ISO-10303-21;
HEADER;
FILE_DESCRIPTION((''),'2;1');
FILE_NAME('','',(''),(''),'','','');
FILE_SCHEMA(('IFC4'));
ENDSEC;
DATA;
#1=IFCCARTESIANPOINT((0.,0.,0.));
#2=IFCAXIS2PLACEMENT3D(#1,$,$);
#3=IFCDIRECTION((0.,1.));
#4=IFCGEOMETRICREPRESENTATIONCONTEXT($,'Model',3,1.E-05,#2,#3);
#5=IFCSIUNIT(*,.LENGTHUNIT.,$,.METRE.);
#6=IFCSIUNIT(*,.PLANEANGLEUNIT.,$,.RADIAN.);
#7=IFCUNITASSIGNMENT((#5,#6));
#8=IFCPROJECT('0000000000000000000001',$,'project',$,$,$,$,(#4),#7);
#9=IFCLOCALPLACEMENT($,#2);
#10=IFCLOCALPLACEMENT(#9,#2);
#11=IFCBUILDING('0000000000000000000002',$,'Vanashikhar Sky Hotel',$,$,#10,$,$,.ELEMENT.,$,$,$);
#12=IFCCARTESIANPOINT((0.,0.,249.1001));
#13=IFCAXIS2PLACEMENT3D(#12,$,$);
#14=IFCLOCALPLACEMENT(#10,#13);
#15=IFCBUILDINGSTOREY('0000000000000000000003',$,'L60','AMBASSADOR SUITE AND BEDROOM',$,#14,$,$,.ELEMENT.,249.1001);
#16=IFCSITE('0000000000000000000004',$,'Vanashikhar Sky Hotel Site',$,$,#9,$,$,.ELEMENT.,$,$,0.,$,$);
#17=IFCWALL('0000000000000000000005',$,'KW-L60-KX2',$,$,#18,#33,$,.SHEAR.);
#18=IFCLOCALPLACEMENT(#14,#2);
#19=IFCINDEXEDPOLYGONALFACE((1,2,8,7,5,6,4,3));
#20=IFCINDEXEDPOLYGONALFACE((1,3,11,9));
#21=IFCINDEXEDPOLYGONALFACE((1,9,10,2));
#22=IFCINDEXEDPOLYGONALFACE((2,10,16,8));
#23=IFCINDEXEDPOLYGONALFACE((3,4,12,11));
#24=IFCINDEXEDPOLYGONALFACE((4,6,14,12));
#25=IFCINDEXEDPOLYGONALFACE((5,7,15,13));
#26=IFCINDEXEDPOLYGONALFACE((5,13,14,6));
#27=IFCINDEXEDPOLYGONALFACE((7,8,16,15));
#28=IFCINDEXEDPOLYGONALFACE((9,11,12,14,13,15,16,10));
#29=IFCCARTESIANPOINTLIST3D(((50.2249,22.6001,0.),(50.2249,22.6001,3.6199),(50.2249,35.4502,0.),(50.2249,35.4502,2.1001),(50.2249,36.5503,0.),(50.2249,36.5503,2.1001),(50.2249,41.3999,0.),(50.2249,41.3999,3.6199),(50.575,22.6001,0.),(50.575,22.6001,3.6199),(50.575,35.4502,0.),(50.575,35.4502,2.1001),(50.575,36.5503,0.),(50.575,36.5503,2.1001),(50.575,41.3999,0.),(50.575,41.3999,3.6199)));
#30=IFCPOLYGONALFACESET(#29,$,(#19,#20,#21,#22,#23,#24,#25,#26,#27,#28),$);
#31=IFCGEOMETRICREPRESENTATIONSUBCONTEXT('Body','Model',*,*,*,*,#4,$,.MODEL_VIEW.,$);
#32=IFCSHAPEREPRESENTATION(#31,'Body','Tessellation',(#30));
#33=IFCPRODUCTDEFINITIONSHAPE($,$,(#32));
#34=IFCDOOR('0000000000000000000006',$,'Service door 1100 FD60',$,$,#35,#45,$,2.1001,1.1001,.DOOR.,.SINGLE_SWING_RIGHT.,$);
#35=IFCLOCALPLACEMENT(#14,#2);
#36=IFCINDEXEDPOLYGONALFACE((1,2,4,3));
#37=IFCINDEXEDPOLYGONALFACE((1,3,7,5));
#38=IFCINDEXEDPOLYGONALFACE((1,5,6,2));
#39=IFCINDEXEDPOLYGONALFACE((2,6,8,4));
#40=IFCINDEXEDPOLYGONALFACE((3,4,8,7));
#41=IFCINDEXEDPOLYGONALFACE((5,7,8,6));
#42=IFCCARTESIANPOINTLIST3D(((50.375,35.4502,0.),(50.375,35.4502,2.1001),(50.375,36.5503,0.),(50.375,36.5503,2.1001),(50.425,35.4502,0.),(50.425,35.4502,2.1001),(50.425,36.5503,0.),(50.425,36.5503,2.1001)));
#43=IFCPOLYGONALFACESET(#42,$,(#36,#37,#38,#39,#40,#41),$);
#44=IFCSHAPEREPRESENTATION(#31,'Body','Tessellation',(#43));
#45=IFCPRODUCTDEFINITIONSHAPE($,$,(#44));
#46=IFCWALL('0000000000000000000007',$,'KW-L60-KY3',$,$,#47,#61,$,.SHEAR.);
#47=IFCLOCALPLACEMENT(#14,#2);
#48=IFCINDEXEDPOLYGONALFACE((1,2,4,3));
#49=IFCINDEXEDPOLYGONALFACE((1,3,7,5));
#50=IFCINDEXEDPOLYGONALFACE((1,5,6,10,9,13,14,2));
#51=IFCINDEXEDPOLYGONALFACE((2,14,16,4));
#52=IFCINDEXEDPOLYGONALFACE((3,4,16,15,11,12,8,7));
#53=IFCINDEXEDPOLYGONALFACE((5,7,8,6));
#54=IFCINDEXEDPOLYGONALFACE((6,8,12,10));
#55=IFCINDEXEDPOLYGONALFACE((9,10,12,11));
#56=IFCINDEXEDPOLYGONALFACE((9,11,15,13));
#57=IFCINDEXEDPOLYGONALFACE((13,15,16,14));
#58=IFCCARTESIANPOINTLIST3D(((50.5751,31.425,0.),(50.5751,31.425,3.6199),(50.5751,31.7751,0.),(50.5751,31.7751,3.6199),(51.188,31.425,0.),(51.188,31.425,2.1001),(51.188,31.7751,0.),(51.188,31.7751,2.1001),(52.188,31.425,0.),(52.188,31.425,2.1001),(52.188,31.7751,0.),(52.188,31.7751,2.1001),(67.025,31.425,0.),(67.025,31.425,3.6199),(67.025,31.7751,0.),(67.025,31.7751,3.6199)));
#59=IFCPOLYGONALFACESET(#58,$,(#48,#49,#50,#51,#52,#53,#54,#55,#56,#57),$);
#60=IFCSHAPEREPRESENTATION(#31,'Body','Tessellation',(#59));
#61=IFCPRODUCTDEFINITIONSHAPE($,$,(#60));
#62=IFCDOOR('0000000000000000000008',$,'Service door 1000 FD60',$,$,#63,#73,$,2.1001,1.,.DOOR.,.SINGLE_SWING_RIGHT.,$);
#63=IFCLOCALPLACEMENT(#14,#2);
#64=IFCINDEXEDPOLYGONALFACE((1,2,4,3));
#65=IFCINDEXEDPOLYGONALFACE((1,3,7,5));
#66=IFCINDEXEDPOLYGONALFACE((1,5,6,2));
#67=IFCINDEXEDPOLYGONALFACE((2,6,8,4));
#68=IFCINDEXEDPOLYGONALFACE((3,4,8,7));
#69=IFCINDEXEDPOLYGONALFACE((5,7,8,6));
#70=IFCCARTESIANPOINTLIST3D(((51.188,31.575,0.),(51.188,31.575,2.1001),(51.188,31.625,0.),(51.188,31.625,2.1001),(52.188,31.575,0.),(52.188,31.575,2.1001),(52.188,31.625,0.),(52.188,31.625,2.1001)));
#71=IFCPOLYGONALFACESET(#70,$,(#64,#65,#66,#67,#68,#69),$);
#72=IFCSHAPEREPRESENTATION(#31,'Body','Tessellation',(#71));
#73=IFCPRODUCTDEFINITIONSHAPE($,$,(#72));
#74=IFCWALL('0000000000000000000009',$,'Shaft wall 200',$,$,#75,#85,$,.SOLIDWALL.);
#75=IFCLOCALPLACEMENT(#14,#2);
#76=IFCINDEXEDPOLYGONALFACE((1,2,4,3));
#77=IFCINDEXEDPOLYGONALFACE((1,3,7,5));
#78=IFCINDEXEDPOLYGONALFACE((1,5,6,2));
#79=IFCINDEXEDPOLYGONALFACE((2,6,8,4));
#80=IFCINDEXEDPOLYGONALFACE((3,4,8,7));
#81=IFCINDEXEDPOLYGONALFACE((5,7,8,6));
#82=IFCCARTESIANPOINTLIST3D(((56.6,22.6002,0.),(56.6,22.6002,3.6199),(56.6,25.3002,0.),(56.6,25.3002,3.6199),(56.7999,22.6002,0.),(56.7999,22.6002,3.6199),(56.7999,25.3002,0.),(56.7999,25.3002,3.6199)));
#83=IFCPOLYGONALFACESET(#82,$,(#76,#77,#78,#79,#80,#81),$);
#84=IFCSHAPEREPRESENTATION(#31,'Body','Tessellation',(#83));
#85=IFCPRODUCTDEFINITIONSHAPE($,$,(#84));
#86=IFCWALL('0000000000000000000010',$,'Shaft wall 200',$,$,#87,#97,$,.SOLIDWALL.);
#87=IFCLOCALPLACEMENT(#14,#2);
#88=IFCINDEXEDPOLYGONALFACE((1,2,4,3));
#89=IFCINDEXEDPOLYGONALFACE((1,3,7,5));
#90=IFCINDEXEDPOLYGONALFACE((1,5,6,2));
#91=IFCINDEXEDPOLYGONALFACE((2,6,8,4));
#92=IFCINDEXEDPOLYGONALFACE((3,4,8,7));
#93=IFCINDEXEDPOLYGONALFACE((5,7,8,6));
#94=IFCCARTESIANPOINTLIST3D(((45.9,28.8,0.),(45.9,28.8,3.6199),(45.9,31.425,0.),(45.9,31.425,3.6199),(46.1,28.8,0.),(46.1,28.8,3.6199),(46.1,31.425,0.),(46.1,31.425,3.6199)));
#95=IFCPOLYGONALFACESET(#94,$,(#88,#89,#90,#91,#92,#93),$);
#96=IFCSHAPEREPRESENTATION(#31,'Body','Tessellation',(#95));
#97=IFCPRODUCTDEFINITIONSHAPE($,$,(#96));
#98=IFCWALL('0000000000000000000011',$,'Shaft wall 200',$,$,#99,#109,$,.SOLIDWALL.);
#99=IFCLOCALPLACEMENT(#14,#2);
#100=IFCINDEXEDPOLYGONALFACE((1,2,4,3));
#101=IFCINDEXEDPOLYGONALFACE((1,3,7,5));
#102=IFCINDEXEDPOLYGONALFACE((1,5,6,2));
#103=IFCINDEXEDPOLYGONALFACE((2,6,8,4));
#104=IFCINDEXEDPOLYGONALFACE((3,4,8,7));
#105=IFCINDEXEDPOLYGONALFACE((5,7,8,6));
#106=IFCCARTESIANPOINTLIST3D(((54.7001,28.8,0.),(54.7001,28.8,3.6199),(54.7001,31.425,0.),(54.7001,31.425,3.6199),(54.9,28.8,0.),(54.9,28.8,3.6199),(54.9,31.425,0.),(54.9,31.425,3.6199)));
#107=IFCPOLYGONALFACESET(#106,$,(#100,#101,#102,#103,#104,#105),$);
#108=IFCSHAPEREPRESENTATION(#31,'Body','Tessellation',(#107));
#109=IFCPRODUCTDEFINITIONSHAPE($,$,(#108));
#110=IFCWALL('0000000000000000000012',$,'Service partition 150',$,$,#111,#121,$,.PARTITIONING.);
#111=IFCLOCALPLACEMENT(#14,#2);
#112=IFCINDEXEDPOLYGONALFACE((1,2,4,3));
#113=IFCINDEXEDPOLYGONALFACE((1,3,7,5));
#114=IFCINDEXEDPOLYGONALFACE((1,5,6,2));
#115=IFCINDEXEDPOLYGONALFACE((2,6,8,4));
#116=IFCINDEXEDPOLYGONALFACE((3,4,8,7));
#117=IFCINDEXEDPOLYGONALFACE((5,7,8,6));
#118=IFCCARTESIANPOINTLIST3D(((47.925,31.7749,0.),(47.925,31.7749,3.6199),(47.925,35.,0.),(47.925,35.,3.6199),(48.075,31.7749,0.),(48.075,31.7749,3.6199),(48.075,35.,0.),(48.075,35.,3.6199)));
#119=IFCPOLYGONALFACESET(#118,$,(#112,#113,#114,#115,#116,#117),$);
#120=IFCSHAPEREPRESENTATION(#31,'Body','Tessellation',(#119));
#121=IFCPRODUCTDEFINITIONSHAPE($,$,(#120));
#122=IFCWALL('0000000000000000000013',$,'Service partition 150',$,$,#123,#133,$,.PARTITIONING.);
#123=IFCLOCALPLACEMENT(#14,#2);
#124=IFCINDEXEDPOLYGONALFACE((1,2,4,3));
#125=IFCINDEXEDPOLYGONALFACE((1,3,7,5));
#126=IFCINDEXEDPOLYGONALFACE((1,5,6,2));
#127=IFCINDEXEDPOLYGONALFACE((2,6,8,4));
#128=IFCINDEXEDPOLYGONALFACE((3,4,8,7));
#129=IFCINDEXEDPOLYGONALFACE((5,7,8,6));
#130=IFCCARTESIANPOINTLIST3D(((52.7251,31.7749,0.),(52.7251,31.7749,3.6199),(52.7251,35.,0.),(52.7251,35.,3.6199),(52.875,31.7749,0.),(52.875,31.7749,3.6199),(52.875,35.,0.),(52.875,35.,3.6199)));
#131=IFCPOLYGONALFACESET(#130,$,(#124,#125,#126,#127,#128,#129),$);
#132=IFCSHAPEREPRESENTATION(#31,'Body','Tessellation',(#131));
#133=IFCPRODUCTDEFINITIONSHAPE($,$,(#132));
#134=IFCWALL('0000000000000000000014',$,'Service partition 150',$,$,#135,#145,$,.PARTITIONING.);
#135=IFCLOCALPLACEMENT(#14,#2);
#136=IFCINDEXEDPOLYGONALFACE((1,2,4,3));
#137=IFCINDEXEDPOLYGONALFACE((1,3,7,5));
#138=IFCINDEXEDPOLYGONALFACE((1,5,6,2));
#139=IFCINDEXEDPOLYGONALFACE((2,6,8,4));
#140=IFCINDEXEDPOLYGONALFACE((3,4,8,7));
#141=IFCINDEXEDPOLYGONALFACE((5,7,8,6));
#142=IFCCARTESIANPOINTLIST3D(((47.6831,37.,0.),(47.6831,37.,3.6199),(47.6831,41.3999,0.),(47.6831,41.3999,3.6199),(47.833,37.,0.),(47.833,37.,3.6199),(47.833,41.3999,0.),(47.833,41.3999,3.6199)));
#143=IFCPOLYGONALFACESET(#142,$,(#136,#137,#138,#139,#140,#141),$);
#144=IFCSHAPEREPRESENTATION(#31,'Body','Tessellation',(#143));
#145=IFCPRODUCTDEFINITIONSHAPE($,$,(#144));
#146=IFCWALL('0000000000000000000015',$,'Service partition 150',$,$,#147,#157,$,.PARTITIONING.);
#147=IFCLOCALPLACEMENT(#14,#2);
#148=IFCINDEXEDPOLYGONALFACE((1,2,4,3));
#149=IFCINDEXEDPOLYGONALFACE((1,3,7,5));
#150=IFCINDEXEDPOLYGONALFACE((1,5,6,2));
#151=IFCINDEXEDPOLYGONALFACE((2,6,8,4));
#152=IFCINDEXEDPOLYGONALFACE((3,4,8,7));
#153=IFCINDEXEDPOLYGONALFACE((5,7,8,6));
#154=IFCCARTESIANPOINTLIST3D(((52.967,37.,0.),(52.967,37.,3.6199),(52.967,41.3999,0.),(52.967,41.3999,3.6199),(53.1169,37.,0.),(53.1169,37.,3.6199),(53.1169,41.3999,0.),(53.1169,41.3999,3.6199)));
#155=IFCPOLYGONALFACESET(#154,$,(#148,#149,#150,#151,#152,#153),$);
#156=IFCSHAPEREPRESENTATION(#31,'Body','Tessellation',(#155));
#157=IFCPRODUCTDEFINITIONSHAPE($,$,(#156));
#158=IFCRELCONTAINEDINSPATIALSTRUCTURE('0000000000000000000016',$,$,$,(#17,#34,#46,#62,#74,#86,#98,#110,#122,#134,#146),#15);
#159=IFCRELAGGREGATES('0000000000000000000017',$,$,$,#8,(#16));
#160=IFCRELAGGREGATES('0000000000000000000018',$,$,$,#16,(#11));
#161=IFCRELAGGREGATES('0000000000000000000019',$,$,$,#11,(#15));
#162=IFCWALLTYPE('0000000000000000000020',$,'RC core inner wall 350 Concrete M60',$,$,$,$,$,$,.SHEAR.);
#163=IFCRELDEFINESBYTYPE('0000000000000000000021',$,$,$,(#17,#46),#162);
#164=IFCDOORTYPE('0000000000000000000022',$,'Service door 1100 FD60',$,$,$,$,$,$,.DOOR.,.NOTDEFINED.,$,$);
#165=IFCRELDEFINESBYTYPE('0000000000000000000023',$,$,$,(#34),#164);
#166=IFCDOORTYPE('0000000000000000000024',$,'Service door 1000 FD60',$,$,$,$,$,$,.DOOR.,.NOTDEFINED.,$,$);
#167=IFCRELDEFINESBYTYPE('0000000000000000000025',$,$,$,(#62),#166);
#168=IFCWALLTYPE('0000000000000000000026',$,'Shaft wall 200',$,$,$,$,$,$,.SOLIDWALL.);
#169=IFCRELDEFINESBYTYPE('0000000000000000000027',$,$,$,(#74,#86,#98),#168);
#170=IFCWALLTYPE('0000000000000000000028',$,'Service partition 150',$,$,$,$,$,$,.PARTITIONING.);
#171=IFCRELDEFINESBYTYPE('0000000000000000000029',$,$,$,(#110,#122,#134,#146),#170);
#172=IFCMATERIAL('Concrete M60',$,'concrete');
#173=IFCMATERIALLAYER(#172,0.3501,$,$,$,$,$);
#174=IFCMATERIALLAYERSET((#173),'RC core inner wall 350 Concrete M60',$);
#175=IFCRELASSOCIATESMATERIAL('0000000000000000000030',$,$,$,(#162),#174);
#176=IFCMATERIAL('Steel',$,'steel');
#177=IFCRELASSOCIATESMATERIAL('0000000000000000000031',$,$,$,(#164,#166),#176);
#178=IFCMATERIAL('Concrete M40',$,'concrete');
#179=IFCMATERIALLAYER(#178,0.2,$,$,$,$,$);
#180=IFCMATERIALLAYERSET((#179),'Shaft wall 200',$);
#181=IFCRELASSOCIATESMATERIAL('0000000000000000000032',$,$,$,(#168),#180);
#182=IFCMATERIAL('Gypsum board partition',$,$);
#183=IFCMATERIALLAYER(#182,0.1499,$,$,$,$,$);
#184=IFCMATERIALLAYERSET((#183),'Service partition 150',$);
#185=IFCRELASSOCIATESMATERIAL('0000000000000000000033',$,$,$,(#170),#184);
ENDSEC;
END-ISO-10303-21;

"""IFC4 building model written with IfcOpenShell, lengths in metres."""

from ifc_helpers import new_model, si_unit, direction, frame, frame_2d, origin, place, context, subcontext, project, spatial, rectangle, extrude, source, transform, mapped, material, layer, layer_set, type_object, element, fill, save


model = new_model("IFC4")

# Units and contexts
model_context = context("Model", 3, precision=1e-05, world=origin(), true_north=direction((0.0, 1.0)))
body_context = subcontext(model_context, "Body", "Model", "MODEL_VIEW")
ifc_project = project(units=[si_unit("LENGTHUNIT", "METRE"), si_unit("PLANEANGLEUNIT", "RADIAN")], contexts=[model_context])

# Site, building, storey
site_placement = place(None, origin())
site = spatial("IfcSite", under=ifc_project, at=site_placement, Name="Vanashikhar Sky Hotel Site", CompositionType="ELEMENT", RefElevation=0.0)
building_placement = place(site_placement, origin())
building = spatial("IfcBuilding", under=site, at=building_placement, Name="Vanashikhar Sky Hotel", CompositionType="ELEMENT")
storey_placement = place(building_placement, frame((0.0, 0.0, 249.1001)))
storey = spatial("IfcBuildingStorey", under=building, at=storey_placement, Name="L60", Description="AMBASSADOR SUITE AND BEDROOM", CompositionType="ELEMENT", Elevation=249.1001)

# Walls, openings, doors
ifc_material_1 = material(Name="Concrete M60", Category="concrete")
ifc_layer_1 = layer(ifc_material_1, 0.3501)
ifc_layer_set_1 = layer_set([ifc_layer_1], Name="RC core inner wall 350 Concrete M60")
wall_type_1 = type_object("IfcWallType", Name="RC core inner wall 350 Concrete M60", PredefinedType="SHEAR", material=ifc_layer_set_1)
shared_shape_1 = source(origin(), body_context, "Body", "SweptSolid", [
    extrude(rectangle(XDim=18.7998, YDim=0.3501, at=frame_2d((9.3999, 0.0))), origin(), (0.0, 0.0, 1.0), 3.6199),
])
wall_1_placement = place(storey_placement, frame((50.3999, 22.6001, 0.0), z_axis=(0.0, 0.0, 1.0), x_axis=(0.0, 1.0, 0.0)))
wall_1 = element("IfcWall", 1, at=wall_1_placement, inside=storey, type_object=wall_type_1, Name="KW-L60-KX2", PredefinedType="SHEAR", context=body_context, shape_type="MappedRepresentation", body=[
    mapped(shared_shape_1, transform((0.0, 0.0, 0.0), scale=1.0)),
])
shared_shape_2 = source(origin(), body_context, "Body", "SweptSolid", [
    extrude(rectangle(XDim=1.1001, YDim=2.1001, at=frame_2d((0.55, 1.05))), frame((0.0, 0.1851, 0.0), z_axis=(0.0, -1.0, 0.0), x_axis=(1.0, 0.0, 0.0)), (0.0, 0.0, 1.0), 0.3701),
])
opening_1_placement = place(wall_1_placement, frame((12.8501, 0.0, 0.0)))
opening_1 = element("IfcOpeningElement", 2, at=opening_1_placement, cuts=wall_1, PredefinedType="OPENING", context=body_context, shape_type="MappedRepresentation", body=[
    mapped(shared_shape_2, transform((0.0, 0.0, 0.0), scale=1.0)),
])
ifc_material_2 = material(Name="Steel", Category="steel")
door_type_1 = type_object("IfcDoorType", Name="Service door 1100 FD60", OperationType="NOTDEFINED", PredefinedType="DOOR", material=ifc_material_2)
shared_shape_3 = source(origin(), body_context, "Body", "SweptSolid", [
    extrude(rectangle(XDim=1.1001, YDim=2.1001, at=frame_2d((0.55, 1.05))), frame((0.0, 0.0249, 0.0), z_axis=(0.0, -1.0, 0.0), x_axis=(1.0, 0.0, 0.0)), (0.0, 0.0, 1.0), 0.05),
])
door_1_placement = place(opening_1_placement, origin())
door_1 = element("IfcDoor", 3, at=door_1_placement, inside=storey, type_object=door_type_1, Name="Service door 1100 FD60", OperationType="SINGLE_SWING_RIGHT", OverallHeight=2.1001, OverallWidth=1.1001, PredefinedType="DOOR", context=body_context, shape_type="MappedRepresentation", body=[
    mapped(shared_shape_3, transform((0.0, 0.0, 0.0), scale=1.0)),
])
fill(opening_1, door_1)
shared_shape_4 = source(origin(), body_context, "Body", "SweptSolid", [
    extrude(rectangle(XDim=16.45, YDim=0.3501, at=frame_2d((8.2251, 0.0))), origin(), (0.0, 0.0, 1.0), 3.6199),
])
wall_2_placement = place(storey_placement, frame((50.575, 31.6001, 0.0), z_axis=(0.0, 0.0, 1.0), x_axis=(1.0, 0.0, 0.0)))
wall_2 = element("IfcWall", 4, at=wall_2_placement, inside=storey, type_object=wall_type_1, Name="KW-L60-KY3", PredefinedType="SHEAR", context=body_context, shape_type="MappedRepresentation", body=[
    mapped(shared_shape_4, transform((0.0, 0.0, 0.0), scale=1.0)),
])
shared_shape_5 = source(origin(), body_context, "Body", "SweptSolid", [
    extrude(rectangle(XDim=1.0, YDim=2.1001, at=frame_2d((0.5, 1.05))), frame((0.0, 0.1851, 0.0), z_axis=(0.0, -1.0, 0.0), x_axis=(1.0, 0.0, 0.0)), (0.0, 0.0, 1.0), 0.3701),
])
opening_2_placement = place(wall_2_placement, frame((0.613, 0.0, 0.0)))
opening_2 = element("IfcOpeningElement", 5, at=opening_2_placement, cuts=wall_2, PredefinedType="OPENING", context=body_context, shape_type="MappedRepresentation", body=[
    mapped(shared_shape_5, transform((0.0, 0.0, 0.0), scale=1.0)),
])
door_type_2 = type_object("IfcDoorType", Name="Service door 1000 FD60", OperationType="NOTDEFINED", PredefinedType="DOOR", material=ifc_material_2)
shared_shape_6 = source(origin(), body_context, "Body", "SweptSolid", [
    extrude(rectangle(XDim=1.0, YDim=2.1001, at=frame_2d((0.5, 1.05))), frame((0.0, 0.0249, 0.0), z_axis=(0.0, -1.0, 0.0), x_axis=(1.0, 0.0, 0.0)), (0.0, 0.0, 1.0), 0.05),
])
door_2_placement = place(opening_2_placement, origin())
door_2 = element("IfcDoor", 6, at=door_2_placement, inside=storey, type_object=door_type_2, Name="Service door 1000 FD60", OperationType="SINGLE_SWING_RIGHT", OverallHeight=2.1001, OverallWidth=1.0, PredefinedType="DOOR", context=body_context, shape_type="MappedRepresentation", body=[
    mapped(shared_shape_6, transform((0.0, 0.0, 0.0), scale=1.0)),
])
fill(opening_2, door_2)

# Walls
ifc_material_3 = material(Name="Concrete M40", Category="concrete")
ifc_layer_2 = layer(ifc_material_3, 0.2)
ifc_layer_set_2 = layer_set([ifc_layer_2], Name="Shaft wall 200")
wall_type_2 = type_object("IfcWallType", Name="Shaft wall 200", PredefinedType="SOLIDWALL", material=ifc_layer_set_2)
shared_shape_7 = source(origin(), body_context, "Body", "SweptSolid", [
    extrude(rectangle(XDim=2.7, YDim=0.2, at=frame_2d((1.3501, 0.0))), origin(), (0.0, 0.0, 1.0), 3.6199),
])
wall_3_placement = place(storey_placement, frame((56.7, 22.6001, 0.0), z_axis=(0.0, 0.0, 1.0), x_axis=(0.0, 1.0, 0.0)))
element("IfcWall", 7, at=wall_3_placement, inside=storey, type_object=wall_type_2, Name="Shaft wall 200", PredefinedType="SOLIDWALL", context=body_context, shape_type="MappedRepresentation", body=[
    mapped(shared_shape_7, transform((0.0, 0.0, 0.0), scale=1.0)),
])
shared_shape_8 = source(origin(), body_context, "Body", "SweptSolid", [
    extrude(rectangle(XDim=2.625, YDim=0.2, at=frame_2d((1.3125, 0.0))), origin(), (0.0, 0.0, 1.0), 3.6199),
])
for number, where, z_axis, x_axis, name in (
    (8, (46.0, 28.8, 0.0), (0.0, 0.0, 1.0), (0.0, 1.0, 0.0), "Shaft wall 200"),
    (9, (54.8, 28.8, 0.0), (0.0, 0.0, 1.0), (0.0, 1.0, 0.0), "Shaft wall 200"),
):
    element("IfcWall", number, at=place(storey_placement, frame(where, z_axis=z_axis, x_axis=x_axis)), inside=storey, type_object=wall_type_2, Name=name, PredefinedType="SOLIDWALL", context=body_context, shape_type="MappedRepresentation", body=[
        mapped(shared_shape_8, transform((0.0, 0.0, 0.0), scale=1.0)),
    ])
ifc_material_4 = material(Name="Gypsum board partition")
ifc_layer_3 = layer(ifc_material_4, 0.1499)
ifc_layer_set_3 = layer_set([ifc_layer_3], Name="Service partition 150")
wall_type_3 = type_object("IfcWallType", Name="Service partition 150", PredefinedType="PARTITIONING", material=ifc_layer_set_3)
shared_shape_9 = source(origin(), body_context, "Body", "SweptSolid", [
    extrude(rectangle(XDim=3.2251, YDim=0.1499, at=frame_2d((1.6125, 0.0))), origin(), (0.0, 0.0, 1.0), 3.6199),
])
for number, where, z_axis, x_axis, name in (
    (10, (48.0, 31.7749, 0.0), (0.0, 0.0, 1.0), (0.0, 1.0, 0.0), "Service partition 150"),
    (11, (52.8, 31.7749, 0.0), (0.0, 0.0, 1.0), (0.0, 1.0, 0.0), "Service partition 150"),
):
    element("IfcWall", number, at=place(storey_placement, frame(where, z_axis=z_axis, x_axis=x_axis)), inside=storey, type_object=wall_type_3, Name=name, PredefinedType="PARTITIONING", context=body_context, shape_type="MappedRepresentation", body=[
        mapped(shared_shape_9, transform((0.0, 0.0, 0.0), scale=1.0)),
    ])
shared_shape_10 = source(origin(), body_context, "Body", "SweptSolid", [
    extrude(rectangle(XDim=4.3999, YDim=0.1499, at=frame_2d((2.2, 0.0))), origin(), (0.0, 0.0, 1.0), 3.6199),
])
for number, where, z_axis, x_axis, name in (
    (12, (47.7581, 37.0, 0.0), (0.0, 0.0, 1.0), (0.0, 1.0, 0.0), "Service partition 150"),
    (13, (53.042, 37.0, 0.0), (0.0, 0.0, 1.0), (0.0, 1.0, 0.0), "Service partition 150"),
):
    element("IfcWall", number, at=place(storey_placement, frame(where, z_axis=z_axis, x_axis=x_axis)), inside=storey, type_object=wall_type_3, Name=name, PredefinedType="PARTITIONING", context=body_context, shape_type="MappedRepresentation", body=[
        mapped(shared_shape_10, transform((0.0, 0.0, 0.0), scale=1.0)),
    ])

save(model, "model.ifc")
